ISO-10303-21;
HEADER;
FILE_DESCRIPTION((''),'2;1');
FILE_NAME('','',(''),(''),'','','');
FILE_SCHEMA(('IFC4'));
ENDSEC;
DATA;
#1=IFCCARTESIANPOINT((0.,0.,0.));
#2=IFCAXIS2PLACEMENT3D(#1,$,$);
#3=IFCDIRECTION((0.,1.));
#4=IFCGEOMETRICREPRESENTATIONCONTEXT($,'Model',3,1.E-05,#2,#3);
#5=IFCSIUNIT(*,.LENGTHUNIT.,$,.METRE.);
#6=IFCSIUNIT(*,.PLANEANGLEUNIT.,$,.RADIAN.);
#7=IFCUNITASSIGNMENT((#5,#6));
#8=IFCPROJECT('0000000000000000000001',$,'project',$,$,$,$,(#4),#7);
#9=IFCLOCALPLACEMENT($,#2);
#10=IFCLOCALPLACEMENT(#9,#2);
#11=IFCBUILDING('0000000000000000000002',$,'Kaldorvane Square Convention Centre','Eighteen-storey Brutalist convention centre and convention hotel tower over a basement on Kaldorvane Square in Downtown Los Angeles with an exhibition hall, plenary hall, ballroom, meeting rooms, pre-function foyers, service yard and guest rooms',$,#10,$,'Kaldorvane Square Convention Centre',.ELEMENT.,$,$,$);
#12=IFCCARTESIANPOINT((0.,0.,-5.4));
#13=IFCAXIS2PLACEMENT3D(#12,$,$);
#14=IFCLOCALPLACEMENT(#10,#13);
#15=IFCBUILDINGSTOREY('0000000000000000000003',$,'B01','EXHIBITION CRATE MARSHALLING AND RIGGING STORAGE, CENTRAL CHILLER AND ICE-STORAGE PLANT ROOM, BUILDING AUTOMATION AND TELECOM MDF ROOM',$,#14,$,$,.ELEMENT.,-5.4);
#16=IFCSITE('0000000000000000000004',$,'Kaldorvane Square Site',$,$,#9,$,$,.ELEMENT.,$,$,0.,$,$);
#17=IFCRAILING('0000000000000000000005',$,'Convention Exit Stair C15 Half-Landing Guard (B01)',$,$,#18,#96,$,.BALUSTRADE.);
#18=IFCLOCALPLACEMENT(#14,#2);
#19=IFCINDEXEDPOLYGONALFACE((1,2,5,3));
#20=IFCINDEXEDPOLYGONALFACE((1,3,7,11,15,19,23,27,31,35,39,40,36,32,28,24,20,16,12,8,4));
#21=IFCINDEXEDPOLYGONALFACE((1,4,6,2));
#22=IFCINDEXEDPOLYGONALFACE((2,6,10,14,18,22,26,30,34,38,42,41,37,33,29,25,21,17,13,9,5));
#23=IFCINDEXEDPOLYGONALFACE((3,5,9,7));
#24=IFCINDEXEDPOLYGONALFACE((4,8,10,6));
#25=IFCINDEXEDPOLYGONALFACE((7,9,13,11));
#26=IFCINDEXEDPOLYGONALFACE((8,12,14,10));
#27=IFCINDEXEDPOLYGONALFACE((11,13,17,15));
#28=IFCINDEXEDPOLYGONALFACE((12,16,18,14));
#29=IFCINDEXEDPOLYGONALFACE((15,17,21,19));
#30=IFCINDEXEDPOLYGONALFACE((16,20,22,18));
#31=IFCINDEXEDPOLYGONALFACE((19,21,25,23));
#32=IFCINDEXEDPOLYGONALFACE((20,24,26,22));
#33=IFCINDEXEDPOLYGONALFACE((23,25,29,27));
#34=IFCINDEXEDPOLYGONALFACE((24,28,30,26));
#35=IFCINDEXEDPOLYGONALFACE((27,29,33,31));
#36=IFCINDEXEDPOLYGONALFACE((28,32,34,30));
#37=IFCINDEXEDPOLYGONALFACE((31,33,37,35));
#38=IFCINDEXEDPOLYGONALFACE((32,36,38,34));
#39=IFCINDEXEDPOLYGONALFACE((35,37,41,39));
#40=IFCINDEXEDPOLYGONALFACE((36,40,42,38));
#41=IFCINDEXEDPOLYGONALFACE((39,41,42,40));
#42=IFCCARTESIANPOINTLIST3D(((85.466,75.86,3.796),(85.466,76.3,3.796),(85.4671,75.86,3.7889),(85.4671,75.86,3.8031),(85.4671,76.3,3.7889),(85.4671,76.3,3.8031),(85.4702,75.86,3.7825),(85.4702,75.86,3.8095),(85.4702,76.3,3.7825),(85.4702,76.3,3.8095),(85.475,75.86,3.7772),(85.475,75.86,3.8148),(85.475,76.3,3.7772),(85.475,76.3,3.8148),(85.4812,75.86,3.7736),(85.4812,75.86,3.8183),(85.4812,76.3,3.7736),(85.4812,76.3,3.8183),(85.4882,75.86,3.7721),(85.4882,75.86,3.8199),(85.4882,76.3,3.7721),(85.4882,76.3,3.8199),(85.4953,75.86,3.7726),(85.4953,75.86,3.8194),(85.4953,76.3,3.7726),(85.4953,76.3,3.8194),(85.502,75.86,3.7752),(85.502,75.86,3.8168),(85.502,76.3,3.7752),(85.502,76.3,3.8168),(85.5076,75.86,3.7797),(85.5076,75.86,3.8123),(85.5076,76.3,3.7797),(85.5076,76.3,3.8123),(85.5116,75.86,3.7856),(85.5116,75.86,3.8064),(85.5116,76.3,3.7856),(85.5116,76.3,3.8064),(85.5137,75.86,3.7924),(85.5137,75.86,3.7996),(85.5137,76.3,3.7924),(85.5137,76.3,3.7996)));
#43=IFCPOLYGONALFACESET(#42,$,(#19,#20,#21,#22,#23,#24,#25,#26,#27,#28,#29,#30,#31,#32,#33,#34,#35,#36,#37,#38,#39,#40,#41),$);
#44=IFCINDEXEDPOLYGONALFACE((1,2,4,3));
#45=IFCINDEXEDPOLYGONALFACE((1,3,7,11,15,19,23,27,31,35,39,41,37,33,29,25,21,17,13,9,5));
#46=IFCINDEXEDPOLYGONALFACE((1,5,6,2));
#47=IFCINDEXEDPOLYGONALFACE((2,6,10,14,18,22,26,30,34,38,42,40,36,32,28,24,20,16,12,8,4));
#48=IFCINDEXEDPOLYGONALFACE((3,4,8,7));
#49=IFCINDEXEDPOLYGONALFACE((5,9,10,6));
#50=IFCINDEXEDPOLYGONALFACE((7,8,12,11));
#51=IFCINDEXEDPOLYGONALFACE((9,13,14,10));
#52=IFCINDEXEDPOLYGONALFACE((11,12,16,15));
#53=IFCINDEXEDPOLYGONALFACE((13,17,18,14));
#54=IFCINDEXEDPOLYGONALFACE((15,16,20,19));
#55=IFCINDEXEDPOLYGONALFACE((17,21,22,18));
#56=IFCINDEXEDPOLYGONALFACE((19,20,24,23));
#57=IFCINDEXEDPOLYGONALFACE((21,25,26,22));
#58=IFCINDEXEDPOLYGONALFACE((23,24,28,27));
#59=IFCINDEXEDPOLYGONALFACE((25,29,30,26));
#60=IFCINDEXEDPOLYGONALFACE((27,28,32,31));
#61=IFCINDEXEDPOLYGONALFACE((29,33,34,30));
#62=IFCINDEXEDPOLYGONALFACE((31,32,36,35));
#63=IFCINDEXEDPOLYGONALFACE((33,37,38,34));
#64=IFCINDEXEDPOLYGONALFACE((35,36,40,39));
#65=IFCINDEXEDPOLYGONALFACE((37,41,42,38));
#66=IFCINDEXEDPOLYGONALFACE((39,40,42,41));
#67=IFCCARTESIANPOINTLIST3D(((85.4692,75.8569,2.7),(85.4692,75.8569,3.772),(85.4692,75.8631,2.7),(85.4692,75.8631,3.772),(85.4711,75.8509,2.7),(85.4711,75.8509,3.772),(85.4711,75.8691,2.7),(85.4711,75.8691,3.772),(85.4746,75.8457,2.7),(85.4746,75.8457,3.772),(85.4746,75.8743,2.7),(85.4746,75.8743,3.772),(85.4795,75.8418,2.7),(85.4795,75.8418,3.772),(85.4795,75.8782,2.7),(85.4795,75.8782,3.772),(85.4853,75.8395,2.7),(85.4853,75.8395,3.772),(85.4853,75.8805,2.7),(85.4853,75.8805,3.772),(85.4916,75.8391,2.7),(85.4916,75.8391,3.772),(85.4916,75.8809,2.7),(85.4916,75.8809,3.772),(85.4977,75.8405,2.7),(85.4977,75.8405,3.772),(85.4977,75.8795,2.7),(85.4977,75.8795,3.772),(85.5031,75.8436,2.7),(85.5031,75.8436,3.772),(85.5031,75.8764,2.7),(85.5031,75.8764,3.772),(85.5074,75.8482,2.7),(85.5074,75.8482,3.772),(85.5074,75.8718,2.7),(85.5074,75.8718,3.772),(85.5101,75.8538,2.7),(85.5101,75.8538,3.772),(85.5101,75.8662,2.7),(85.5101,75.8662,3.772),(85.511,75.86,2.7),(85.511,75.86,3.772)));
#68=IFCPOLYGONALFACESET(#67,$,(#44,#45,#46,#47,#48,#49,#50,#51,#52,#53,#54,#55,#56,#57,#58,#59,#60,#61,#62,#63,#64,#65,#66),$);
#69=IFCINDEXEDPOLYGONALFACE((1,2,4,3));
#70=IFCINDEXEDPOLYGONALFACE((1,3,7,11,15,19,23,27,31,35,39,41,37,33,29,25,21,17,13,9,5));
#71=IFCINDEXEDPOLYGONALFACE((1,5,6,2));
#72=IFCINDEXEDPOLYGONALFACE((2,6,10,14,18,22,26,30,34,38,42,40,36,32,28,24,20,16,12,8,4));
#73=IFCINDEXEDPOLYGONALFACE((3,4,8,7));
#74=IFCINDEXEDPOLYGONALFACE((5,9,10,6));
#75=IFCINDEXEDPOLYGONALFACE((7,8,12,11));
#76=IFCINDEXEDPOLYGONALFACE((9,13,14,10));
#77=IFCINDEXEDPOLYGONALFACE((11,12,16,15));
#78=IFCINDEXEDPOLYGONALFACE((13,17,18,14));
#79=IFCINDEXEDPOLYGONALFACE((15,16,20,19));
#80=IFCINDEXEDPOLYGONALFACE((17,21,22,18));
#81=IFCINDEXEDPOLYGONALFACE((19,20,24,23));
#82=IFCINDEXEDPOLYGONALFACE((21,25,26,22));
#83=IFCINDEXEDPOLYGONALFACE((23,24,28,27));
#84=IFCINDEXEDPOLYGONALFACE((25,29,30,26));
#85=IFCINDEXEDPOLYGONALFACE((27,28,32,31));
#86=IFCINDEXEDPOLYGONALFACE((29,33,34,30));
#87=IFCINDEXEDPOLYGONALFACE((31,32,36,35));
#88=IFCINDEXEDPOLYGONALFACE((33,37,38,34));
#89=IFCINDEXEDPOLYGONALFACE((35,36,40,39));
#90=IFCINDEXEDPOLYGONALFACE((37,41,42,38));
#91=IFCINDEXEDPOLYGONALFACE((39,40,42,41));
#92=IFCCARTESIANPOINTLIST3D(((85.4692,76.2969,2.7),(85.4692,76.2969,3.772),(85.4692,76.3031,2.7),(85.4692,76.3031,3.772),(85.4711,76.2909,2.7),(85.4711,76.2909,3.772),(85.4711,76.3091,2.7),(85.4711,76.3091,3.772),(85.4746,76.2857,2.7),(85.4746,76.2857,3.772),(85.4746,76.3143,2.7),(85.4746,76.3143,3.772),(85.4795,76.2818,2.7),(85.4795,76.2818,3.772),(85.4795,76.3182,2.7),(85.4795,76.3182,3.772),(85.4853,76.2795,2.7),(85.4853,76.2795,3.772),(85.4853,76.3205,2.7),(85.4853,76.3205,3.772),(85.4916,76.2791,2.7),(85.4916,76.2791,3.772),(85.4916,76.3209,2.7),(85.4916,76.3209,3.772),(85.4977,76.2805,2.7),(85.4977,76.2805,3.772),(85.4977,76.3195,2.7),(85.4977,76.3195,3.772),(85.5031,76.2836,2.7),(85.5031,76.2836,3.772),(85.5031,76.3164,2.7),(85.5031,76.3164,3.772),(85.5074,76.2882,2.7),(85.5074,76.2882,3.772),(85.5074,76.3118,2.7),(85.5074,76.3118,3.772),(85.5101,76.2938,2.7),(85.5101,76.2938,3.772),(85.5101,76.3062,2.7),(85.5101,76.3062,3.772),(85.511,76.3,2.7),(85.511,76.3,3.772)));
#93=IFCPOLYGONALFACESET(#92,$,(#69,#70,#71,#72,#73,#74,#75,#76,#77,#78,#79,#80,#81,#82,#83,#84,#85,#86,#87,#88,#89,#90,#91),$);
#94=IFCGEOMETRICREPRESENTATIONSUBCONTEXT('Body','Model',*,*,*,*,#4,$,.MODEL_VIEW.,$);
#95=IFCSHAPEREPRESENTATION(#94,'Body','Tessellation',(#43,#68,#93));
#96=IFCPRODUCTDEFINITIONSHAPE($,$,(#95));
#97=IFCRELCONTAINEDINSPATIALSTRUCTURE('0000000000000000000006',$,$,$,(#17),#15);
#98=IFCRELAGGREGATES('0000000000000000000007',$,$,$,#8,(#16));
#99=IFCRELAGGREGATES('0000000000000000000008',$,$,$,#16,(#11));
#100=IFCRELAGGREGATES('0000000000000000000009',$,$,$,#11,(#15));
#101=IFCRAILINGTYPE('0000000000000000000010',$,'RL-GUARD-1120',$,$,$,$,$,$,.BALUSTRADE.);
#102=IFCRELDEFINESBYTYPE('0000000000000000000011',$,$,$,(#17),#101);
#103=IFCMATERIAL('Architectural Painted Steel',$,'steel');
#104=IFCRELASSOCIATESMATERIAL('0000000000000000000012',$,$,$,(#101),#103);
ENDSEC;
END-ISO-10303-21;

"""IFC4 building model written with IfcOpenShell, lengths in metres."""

from ifc_helpers import new_model, si_unit, direction, frame, origin, origin_2d, place, context, subcontext, project, spatial, circle, extrude, material, type_object, element, save


model = new_model("IFC4")

# Units and contexts
model_context = context("Model", 3, precision=1e-05, world=origin(), true_north=direction((0.0, 1.0)))
body_context = subcontext(model_context, "Body", "Model", "MODEL_VIEW")
ifc_project = project(units=[si_unit("LENGTHUNIT", "METRE"), si_unit("PLANEANGLEUNIT", "RADIAN")], contexts=[model_context])

# Site, building, storey
site_placement = place(None, origin())
site = spatial("IfcSite", under=ifc_project, at=site_placement, Name="Kaldorvane Square Site", CompositionType="ELEMENT", RefElevation=0.0)
building_placement = place(site_placement, origin())
building = spatial("IfcBuilding", under=site, at=building_placement, Name="Kaldorvane Square Convention Centre", Description="Eighteen-storey Brutalist convention centre and convention hotel tower over a basement on Kaldorvane Square in Downtown Los Angeles with an exhibition hall, plenary hall, ballroom, meeting rooms, pre-function foyers, service yard and guest rooms", LongName="Kaldorvane Square Convention Centre", CompositionType="ELEMENT")
storey_placement = place(building_placement, frame((0.0, 0.0, -5.4)))
storey = spatial("IfcBuildingStorey", under=building, at=storey_placement, Name="B01", Description="EXHIBITION CRATE MARSHALLING AND RIGGING STORAGE, CENTRAL CHILLER AND ICE-STORAGE PLANT ROOM, BUILDING AUTOMATION AND TELECOM MDF ROOM", CompositionType="ELEMENT", Elevation=-5.4)

# Railing
ifc_material_1 = material(Name="Architectural Painted Steel", Category="steel")
railing_type_1 = type_object("IfcRailingType", Name="RL-GUARD-1120", PredefinedType="BALUSTRADE", material=ifc_material_1)
railing_1_placement = place(storey_placement, frame((85.49, 75.86, 2.7)))
element("IfcRailing", 1, at=railing_1_placement, inside=storey, type_object=railing_type_1, Name="Convention Exit Stair C15 Half-Landing Guard (B01)", PredefinedType="BALUSTRADE", context=body_context, shape_type="SweptSolid", body=[
    extrude(circle(Radius=0.024, at=origin_2d()), frame((0.0, 0.0, 1.096), z_axis=(0.0, 1.0, 0.0), x_axis=(-1.0, 0.0, 0.0)), (0.0, 0.0, 1.0), 0.44),
    extrude(circle(Radius=0.021, at=origin_2d()), origin(), (0.0, 0.0, 1.0), 1.072),
    extrude(circle(Radius=0.021, at=origin_2d()), frame((0.0, 0.44, 0.0)), (0.0, 0.0, 1.0), 1.072),
])

save(model, "model.ifc")
